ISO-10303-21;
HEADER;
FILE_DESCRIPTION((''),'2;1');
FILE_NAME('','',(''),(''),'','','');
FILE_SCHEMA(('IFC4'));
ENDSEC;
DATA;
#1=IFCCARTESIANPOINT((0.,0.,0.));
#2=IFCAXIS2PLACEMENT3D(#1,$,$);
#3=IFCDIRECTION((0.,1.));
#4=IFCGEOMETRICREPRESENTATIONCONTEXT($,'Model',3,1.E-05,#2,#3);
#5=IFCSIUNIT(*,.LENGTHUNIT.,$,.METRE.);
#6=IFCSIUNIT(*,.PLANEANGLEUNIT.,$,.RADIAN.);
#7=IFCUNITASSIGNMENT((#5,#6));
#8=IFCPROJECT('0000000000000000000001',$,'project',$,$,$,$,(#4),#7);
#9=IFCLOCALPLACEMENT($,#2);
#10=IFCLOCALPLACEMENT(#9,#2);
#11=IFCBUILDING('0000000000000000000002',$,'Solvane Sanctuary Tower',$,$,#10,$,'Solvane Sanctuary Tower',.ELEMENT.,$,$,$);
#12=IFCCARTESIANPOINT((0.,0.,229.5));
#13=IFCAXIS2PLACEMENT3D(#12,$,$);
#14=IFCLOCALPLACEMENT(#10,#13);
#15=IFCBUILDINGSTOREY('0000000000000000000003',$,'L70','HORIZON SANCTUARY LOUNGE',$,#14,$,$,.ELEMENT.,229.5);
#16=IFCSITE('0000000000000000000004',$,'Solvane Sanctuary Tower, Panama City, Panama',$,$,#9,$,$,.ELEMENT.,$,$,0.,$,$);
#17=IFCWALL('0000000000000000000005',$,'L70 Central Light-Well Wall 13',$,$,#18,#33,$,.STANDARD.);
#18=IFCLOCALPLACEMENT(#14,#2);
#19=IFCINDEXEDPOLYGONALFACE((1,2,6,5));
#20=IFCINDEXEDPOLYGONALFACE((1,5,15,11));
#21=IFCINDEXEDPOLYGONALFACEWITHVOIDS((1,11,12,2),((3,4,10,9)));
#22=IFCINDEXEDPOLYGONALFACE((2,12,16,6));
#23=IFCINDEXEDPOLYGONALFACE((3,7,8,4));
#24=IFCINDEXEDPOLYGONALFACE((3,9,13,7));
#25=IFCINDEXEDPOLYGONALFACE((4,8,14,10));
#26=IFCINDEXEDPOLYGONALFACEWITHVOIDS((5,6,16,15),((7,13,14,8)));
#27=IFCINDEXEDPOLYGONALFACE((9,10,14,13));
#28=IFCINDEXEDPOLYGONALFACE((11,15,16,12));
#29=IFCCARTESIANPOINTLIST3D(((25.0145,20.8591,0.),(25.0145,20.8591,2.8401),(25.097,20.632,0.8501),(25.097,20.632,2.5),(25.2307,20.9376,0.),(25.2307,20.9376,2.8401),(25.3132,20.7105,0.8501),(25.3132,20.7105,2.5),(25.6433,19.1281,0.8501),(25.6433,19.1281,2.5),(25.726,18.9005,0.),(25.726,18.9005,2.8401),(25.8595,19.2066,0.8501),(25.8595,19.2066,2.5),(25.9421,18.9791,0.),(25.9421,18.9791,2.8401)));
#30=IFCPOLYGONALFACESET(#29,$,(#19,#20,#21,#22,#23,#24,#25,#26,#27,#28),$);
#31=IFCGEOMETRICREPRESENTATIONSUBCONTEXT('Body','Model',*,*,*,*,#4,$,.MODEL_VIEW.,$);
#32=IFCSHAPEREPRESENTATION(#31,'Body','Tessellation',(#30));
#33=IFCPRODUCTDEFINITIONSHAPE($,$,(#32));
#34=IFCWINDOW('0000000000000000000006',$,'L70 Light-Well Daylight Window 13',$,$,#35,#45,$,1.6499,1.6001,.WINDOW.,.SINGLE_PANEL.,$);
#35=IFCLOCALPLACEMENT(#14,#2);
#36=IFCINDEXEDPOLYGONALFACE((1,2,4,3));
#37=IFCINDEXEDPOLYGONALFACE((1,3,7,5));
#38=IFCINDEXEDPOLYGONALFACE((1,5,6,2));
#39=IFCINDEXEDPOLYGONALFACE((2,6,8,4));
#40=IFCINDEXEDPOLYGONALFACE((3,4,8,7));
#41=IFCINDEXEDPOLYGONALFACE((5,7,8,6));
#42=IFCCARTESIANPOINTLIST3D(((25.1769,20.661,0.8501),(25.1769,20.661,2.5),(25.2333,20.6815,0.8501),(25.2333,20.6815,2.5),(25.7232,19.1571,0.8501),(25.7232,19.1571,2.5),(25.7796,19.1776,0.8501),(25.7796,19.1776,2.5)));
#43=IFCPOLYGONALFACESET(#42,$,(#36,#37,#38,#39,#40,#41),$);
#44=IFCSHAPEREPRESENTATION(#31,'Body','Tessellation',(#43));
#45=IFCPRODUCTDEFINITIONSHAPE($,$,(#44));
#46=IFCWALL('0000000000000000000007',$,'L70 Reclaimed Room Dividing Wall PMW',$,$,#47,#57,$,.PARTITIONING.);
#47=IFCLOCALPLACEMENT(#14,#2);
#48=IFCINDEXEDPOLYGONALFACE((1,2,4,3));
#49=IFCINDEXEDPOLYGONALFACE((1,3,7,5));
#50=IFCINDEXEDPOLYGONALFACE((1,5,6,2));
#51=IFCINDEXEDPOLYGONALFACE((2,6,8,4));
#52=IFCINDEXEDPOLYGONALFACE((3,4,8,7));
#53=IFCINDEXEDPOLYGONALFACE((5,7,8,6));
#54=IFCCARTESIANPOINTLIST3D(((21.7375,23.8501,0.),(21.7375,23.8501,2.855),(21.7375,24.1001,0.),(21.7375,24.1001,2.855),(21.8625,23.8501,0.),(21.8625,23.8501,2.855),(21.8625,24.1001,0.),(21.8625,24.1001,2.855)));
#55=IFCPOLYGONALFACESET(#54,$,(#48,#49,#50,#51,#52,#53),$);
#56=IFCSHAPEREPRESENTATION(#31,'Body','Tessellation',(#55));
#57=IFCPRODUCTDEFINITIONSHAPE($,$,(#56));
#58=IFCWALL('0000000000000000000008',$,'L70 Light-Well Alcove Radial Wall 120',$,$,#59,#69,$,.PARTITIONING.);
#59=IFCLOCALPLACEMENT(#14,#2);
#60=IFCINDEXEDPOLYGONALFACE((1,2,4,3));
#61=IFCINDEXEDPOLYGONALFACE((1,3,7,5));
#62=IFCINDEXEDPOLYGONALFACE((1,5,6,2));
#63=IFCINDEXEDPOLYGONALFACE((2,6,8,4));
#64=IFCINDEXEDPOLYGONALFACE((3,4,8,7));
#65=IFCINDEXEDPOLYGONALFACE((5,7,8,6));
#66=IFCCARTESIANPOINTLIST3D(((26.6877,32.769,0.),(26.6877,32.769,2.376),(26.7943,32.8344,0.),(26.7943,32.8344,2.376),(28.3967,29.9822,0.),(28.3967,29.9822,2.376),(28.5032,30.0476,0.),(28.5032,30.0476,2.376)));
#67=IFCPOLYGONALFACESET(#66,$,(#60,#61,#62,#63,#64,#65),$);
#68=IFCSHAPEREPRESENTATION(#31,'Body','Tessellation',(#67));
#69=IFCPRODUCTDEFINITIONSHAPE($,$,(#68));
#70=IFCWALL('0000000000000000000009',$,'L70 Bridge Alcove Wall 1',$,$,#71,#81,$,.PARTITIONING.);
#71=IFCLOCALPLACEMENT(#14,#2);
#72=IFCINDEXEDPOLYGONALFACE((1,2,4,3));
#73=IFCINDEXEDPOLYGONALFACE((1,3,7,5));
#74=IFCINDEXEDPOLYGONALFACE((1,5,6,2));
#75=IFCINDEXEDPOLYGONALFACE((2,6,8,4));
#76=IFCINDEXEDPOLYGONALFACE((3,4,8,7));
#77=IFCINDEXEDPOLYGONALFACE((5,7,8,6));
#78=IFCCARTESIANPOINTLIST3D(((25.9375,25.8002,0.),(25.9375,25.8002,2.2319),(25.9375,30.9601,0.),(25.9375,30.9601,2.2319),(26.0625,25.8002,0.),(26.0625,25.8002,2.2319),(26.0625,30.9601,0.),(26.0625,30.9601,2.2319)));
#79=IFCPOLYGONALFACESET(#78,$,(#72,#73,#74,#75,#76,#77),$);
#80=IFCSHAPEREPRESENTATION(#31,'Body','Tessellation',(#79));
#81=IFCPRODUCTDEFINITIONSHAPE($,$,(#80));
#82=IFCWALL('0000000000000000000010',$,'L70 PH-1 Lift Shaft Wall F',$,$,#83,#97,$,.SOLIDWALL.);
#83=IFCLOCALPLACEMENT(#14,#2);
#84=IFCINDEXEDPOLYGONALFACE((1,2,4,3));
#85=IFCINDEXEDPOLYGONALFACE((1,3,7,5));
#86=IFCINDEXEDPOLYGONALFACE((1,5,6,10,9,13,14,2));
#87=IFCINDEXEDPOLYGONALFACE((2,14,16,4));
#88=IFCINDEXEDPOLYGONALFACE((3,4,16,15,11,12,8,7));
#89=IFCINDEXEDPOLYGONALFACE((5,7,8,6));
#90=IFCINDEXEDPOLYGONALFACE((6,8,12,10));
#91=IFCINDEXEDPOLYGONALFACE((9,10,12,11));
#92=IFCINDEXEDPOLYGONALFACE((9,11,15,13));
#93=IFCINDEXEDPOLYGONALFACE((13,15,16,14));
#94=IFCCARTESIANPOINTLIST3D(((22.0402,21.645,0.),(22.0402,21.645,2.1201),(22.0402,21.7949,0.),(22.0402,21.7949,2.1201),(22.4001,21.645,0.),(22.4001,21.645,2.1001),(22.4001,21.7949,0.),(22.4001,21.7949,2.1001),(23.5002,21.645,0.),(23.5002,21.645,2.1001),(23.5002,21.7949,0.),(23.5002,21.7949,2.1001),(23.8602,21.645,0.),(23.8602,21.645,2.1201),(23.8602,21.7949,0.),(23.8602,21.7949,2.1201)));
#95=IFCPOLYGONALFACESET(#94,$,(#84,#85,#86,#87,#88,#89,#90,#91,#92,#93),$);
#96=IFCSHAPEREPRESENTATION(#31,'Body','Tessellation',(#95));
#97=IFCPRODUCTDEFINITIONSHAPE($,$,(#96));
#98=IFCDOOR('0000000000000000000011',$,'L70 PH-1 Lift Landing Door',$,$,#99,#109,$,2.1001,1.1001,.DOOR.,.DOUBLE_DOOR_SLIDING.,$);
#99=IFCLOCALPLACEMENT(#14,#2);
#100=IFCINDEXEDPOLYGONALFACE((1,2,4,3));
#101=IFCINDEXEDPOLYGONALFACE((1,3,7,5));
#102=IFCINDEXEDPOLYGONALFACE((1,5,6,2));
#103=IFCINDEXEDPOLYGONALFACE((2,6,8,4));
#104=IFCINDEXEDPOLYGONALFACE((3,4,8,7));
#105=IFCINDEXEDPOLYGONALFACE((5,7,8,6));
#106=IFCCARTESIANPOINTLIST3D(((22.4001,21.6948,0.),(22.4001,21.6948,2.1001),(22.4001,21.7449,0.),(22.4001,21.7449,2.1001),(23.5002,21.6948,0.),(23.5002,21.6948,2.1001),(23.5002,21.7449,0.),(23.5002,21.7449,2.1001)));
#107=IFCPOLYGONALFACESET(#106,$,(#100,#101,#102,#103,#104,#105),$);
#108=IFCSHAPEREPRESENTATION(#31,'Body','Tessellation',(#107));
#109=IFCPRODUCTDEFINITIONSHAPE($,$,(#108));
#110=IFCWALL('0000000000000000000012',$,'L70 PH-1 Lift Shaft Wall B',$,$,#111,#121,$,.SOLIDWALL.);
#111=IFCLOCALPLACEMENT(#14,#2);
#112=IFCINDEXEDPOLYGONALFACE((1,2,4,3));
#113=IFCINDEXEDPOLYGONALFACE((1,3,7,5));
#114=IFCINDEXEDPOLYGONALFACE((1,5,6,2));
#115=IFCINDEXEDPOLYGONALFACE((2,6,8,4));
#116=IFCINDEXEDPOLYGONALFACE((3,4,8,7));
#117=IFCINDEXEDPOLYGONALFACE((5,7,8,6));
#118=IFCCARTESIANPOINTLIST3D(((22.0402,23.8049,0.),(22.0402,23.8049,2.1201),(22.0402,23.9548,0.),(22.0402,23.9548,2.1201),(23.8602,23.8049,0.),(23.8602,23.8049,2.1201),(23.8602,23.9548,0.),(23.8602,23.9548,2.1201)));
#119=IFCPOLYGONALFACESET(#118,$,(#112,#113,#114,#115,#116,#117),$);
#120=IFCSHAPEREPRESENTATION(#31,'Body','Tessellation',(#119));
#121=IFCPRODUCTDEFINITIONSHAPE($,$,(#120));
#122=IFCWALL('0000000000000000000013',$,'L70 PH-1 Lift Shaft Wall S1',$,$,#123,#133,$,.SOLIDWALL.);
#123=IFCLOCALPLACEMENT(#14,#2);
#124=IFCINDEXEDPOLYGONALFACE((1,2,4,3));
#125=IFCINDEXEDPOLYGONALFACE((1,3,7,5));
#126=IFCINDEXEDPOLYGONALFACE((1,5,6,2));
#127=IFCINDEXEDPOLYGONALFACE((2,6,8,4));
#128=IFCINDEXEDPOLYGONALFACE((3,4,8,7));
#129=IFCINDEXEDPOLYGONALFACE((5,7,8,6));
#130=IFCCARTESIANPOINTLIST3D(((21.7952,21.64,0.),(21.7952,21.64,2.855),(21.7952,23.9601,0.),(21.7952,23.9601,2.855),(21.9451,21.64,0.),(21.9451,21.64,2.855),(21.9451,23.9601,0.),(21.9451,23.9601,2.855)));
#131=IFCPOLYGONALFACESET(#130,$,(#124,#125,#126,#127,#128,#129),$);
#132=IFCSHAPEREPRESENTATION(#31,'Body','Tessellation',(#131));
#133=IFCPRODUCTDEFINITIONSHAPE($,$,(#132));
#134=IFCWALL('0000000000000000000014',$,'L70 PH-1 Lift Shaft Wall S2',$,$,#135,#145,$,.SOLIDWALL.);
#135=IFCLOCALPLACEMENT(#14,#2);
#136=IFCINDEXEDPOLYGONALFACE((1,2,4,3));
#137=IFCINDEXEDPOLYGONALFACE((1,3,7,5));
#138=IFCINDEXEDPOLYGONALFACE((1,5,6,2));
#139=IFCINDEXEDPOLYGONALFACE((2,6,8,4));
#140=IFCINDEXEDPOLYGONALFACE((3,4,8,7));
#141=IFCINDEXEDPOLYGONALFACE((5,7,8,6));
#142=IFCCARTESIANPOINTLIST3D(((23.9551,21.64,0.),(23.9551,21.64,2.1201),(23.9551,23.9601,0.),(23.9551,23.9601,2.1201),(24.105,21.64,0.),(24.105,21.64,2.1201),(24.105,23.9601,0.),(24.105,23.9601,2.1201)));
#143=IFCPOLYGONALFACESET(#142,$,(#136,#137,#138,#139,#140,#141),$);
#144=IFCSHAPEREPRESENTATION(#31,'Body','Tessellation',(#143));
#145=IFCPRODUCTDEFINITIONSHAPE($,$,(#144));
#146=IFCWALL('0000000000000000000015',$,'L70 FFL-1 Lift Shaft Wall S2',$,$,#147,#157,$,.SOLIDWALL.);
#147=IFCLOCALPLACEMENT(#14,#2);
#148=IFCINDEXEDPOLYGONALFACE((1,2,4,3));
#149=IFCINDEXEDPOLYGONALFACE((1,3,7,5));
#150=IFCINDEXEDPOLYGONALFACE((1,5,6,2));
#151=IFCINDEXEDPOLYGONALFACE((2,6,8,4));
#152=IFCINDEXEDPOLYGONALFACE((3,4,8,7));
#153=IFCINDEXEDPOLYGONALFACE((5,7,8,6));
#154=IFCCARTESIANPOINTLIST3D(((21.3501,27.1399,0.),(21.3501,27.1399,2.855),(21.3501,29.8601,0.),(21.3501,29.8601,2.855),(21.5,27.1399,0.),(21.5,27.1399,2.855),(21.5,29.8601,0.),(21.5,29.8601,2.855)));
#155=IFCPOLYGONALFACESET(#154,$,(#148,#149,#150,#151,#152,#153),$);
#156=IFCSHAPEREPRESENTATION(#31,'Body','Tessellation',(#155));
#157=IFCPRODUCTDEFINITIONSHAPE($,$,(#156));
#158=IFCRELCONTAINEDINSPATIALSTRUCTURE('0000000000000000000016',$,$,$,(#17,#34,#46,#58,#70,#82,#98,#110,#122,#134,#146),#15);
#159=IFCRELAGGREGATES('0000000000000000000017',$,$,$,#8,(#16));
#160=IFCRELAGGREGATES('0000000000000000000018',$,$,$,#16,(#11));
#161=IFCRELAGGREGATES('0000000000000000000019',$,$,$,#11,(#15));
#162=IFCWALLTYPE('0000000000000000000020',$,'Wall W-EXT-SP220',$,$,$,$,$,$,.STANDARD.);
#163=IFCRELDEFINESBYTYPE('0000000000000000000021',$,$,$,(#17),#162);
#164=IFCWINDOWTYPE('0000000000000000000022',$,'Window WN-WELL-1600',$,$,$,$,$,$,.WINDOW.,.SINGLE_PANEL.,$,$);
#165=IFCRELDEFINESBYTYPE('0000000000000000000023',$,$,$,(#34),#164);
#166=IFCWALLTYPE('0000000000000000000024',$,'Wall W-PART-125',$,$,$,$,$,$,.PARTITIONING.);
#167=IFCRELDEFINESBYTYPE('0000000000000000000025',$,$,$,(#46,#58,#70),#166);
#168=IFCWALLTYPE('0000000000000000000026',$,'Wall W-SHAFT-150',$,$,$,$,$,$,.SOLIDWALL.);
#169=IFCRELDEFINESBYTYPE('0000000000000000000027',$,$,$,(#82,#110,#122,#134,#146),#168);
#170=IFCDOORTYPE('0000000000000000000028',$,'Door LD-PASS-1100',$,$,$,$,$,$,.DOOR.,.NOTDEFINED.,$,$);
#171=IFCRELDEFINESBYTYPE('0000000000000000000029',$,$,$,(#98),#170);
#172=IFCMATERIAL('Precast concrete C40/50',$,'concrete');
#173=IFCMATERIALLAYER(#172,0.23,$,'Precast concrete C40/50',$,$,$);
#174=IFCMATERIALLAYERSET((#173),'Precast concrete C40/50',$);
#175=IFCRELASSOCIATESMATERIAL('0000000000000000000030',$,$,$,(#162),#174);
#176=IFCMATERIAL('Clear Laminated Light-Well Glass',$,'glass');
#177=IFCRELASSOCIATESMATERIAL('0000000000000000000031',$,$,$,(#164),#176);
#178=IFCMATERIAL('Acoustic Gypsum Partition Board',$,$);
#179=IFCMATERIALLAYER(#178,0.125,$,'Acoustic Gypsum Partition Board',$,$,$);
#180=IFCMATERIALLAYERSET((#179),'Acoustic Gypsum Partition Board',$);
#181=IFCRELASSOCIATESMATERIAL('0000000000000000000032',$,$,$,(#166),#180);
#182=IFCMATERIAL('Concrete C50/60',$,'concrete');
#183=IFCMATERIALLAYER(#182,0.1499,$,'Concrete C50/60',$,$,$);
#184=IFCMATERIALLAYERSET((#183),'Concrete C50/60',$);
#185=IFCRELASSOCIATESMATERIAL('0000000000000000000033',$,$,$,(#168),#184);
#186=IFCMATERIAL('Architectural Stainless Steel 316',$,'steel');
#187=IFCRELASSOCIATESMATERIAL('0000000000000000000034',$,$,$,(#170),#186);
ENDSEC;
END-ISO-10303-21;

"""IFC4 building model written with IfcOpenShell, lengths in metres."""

from ifc_helpers import new_model, si_unit, direction, frame, frame_2d, origin, place, context, subcontext, project, spatial, rectangle, extrude, material, layer, layer_set, type_object, element, fill, save


model = new_model("IFC4")

# Units and contexts
model_context = context("Model", 3, precision=1e-05, world=origin(), true_north=direction((0.0, 1.0)))
body_context = subcontext(model_context, "Body", "Model", "MODEL_VIEW")
ifc_project = project(units=[si_unit("LENGTHUNIT", "METRE"), si_unit("PLANEANGLEUNIT", "RADIAN")], contexts=[model_context])

# Site, building, storey
site_placement = place(None, origin())
site = spatial("IfcSite", under=ifc_project, at=site_placement, Name="Solvane Sanctuary Tower, Panama City, Panama", CompositionType="ELEMENT", RefElevation=0.0)
building_placement = place(site_placement, origin())
building = spatial("IfcBuilding", under=site, at=building_placement, Name="Solvane Sanctuary Tower", LongName="Solvane Sanctuary Tower", CompositionType="ELEMENT")
storey_placement = place(building_placement, frame((0.0, 0.0, 229.5)))
storey = spatial("IfcBuildingStorey", under=building, at=storey_placement, Name="L70", Description="HORIZON SANCTUARY LOUNGE", CompositionType="ELEMENT", Elevation=229.5)

# Shared definitions
ifc_material_1 = material(Name="Concrete C50/60", Category="concrete")

# Shared definitions
ifc_material_2 = material(Name="Acoustic Gypsum Partition Board")
ifc_material_3 = material(Name="Architectural Stainless Steel 316", Category="steel")

# Shared definitions
ifc_material_4 = material(Name="Precast concrete C40/50", Category="concrete")
ifc_layer_1 = layer(ifc_material_4, 0.23, Name="Precast concrete C40/50")
ifc_layer_set_1 = layer_set([ifc_layer_1], Name="Precast concrete C40/50")
wall_type_1 = type_object("IfcWallType", Name="Wall W-EXT-SP220", PredefinedType="STANDARD", material=ifc_layer_set_1)

# Shared definitions
ifc_material_5 = material(Name="Clear Laminated Light-Well Glass", Category="glass")
window_type = type_object("IfcWindowType", Name="Window WN-WELL-1600", PartitioningType="SINGLE_PANEL", PredefinedType="WINDOW", material=ifc_material_5)

# Wall, opening, window
wall_1_placement = place(storey_placement, frame((25.1226, 20.8984, 0.0), z_axis=(0.0, 0.0, 1.0), x_axis=(0.341423, -0.93991, 0.0)))
wall_1 = element("IfcWall", 1, at=wall_1_placement, inside=storey, type_object=wall_type_1, Name="L70 Central Light-Well Wall 13", PredefinedType="STANDARD", context=body_context, shape_type="SweptSolid", body=[
    extrude(rectangle(XDim=2.0837, YDim=0.23, at=frame_2d((1.042, 0.0))), origin(), (0.0, 0.0, 1.0), 2.8401),
])
opening_1_placement = place(wall_1_placement, frame((0.2417, 0.0, 0.8501)))
opening_1 = element("IfcOpeningElement", 2, at=opening_1_placement, cuts=wall_1, PredefinedType="OPENING", context=body_context, shape_type="SweptSolid", body=[
    extrude(rectangle(XDim=1.6001, YDim=1.6499, at=frame_2d((0.8, 0.825))), frame((0.0, 0.125, 0.0), z_axis=(0.0, -1.0, 0.0), x_axis=(1.0, 0.0, 0.0)), (0.0, 0.0, 1.0), 0.25),
])
window_1_placement = place(opening_1_placement, origin())
window_1 = element("IfcWindow", 3, at=window_1_placement, inside=storey, type_object=window_type, Name="L70 Light-Well Daylight Window 13", OverallHeight=1.6499, OverallWidth=1.6001, PartitioningType="SINGLE_PANEL", PredefinedType="WINDOW", context=body_context, shape_type="SweptSolid", body=[
    extrude(rectangle(XDim=1.6001, YDim=1.6499, at=frame_2d((0.8, 0.825))), frame((0.0, 0.03, 0.0), z_axis=(0.0, -1.0, 0.0), x_axis=(1.0, 0.0, 0.0)), (0.0, 0.0, 1.0), 0.0601),
])
fill(opening_1, window_1)

# Walls
ifc_layer_2 = layer(ifc_material_2, 0.125, Name="Acoustic Gypsum Partition Board")
ifc_layer_set_2 = layer_set([ifc_layer_2], Name="Acoustic Gypsum Partition Board")
wall_type_2 = type_object("IfcWallType", Name="Wall W-PART-125", PredefinedType="PARTITIONING", material=ifc_layer_set_2)
wall_2_placement = place(storey_placement, frame((21.8, 23.8501, 0.0), z_axis=(0.0, 0.0, 1.0), x_axis=(0.0, 1.0, 0.0)))
element("IfcWall", 4, at=wall_2_placement, inside=storey, type_object=wall_type_2, Name="L70 Reclaimed Room Dividing Wall PMW", PredefinedType="PARTITIONING", context=body_context, shape_type="SweptSolid", body=[
    extrude(rectangle(XDim=0.25, YDim=0.125, at=frame_2d((0.125, 0.0))), origin(), (0.0, 0.0, 1.0), 2.855),
])
wall_3_placement = place(storey_placement, frame((28.45, 30.0149, 0.0), z_axis=(0.0, 0.0, 1.0), x_axis=(-0.522763, 0.852478, 0.0)))
element("IfcWall", 5, at=wall_3_placement, inside=storey, type_object=wall_type_2, Name="L70 Light-Well Alcove Radial Wall 120", PredefinedType="PARTITIONING", context=body_context, shape_type="SweptSolid", body=[
    extrude(rectangle(XDim=3.269, YDim=0.125, at=frame_2d((1.6345, 0.0))), origin(), (0.0, 0.0, 1.0), 2.376),
])
wall_4_placement = place(storey_placement, frame((26.0, 25.8, 0.0), z_axis=(0.0, 0.0, 1.0), x_axis=(0.0, 1.0, 0.0)))
element("IfcWall", 6, at=wall_4_placement, inside=storey, type_object=wall_type_2, Name="L70 Bridge Alcove Wall 1", PredefinedType="PARTITIONING", context=body_context, shape_type="SweptSolid", body=[
    extrude(rectangle(XDim=5.1599, YDim=0.125, at=frame_2d((2.5801, 0.0))), origin(), (0.0, 0.0, 1.0), 2.2319),
])

# Wall, opening, door
ifc_layer_3 = layer(ifc_material_1, 0.1499, Name="Concrete C50/60")
ifc_layer_set_3 = layer_set([ifc_layer_3], Name="Concrete C50/60")
wall_type_3 = type_object("IfcWallType", Name="Wall W-SHAFT-150", PredefinedType="SOLIDWALL", material=ifc_layer_set_3)
wall_5_placement = place(storey_placement, frame((22.04, 21.72, 0.0), z_axis=(0.0, 0.0, 1.0), x_axis=(1.0, 0.0, 0.0)))
wall_5 = element("IfcWall", 7, at=wall_5_placement, inside=storey, type_object=wall_type_3, Name="L70 PH-1 Lift Shaft Wall F", PredefinedType="SOLIDWALL", context=body_context, shape_type="SweptSolid", body=[
    extrude(rectangle(XDim=1.8201, YDim=0.1499, at=frame_2d((0.9102, 0.0))), origin(), (0.0, 0.0, 1.0), 2.1201),
])
opening_2_placement = place(wall_5_placement, frame((0.3601, 0.0, 0.0)))
opening_2 = element("IfcOpeningElement", 8, at=opening_2_placement, cuts=wall_5, PredefinedType="OPENING", context=body_context, shape_type="SweptSolid", body=[
    extrude(rectangle(XDim=1.1001, YDim=2.1001, at=frame_2d((0.55, 1.05))), frame((0.0, 0.085, 0.0), z_axis=(0.0, -1.0, 0.0), x_axis=(1.0, 0.0, 0.0)), (0.0, 0.0, 1.0), 0.1699),
])
door_type_1 = type_object("IfcDoorType", Name="Door LD-PASS-1100", OperationType="NOTDEFINED", PredefinedType="DOOR", material=ifc_material_3)
door_1_placement = place(opening_2_placement, origin())
door_1 = element("IfcDoor", 9, at=door_1_placement, inside=storey, type_object=door_type_1, Name="L70 PH-1 Lift Landing Door", OperationType="DOUBLE_DOOR_SLIDING", OverallHeight=2.1001, OverallWidth=1.1001, PredefinedType="DOOR", context=body_context, shape_type="SweptSolid", body=[
    extrude(rectangle(XDim=1.1001, YDim=2.1001, at=frame_2d((0.55, 1.05))), frame((0.0, 0.0249, 0.0), z_axis=(0.0, -1.0, 0.0), x_axis=(1.0, 0.0, 0.0)), (0.0, 0.0, 1.0), 0.05),
])
fill(opening_2, door_1)

# Walls
wall_6_placement = place(storey_placement, frame((22.04, 23.8799, 0.0), z_axis=(0.0, 0.0, 1.0), x_axis=(1.0, 0.0, 0.0)))
element("IfcWall", 10, at=wall_6_placement, inside=storey, type_object=wall_type_3, Name="L70 PH-1 Lift Shaft Wall B", PredefinedType="SOLIDWALL", context=body_context, shape_type="SweptSolid", body=[
    extrude(rectangle(XDim=1.8201, YDim=0.1499, at=frame_2d((0.9102, 0.0))), origin(), (0.0, 0.0, 1.0), 2.1201),
])
wall_7_placement = place(storey_placement, frame((21.8701, 21.6399, 0.0), z_axis=(0.0, 0.0, 1.0), x_axis=(0.0, 1.0, 0.0)))
element("IfcWall", 11, at=wall_7_placement, inside=storey, type_object=wall_type_3, Name="L70 PH-1 Lift Shaft Wall S1", PredefinedType="SOLIDWALL", context=body_context, shape_type="SweptSolid", body=[
    extrude(rectangle(XDim=2.3201, YDim=0.1499, at=frame_2d((1.1602, 0.0))), origin(), (0.0, 0.0, 1.0), 2.855),
])
wall_8_placement = place(storey_placement, frame((24.03, 21.6399, 0.0), z_axis=(0.0, 0.0, 1.0), x_axis=(0.0, 1.0, 0.0)))
element("IfcWall", 12, at=wall_8_placement, inside=storey, type_object=wall_type_3, Name="L70 PH-1 Lift Shaft Wall S2", PredefinedType="SOLIDWALL", context=body_context, shape_type="SweptSolid", body=[
    extrude(rectangle(XDim=2.3201, YDim=0.1499, at=frame_2d((1.1602, 0.0))), origin(), (0.0, 0.0, 1.0), 2.1201),
])
wall_9_placement = place(storey_placement, frame((21.425, 27.1399, 0.0), z_axis=(0.0, 0.0, 1.0), x_axis=(0.0, 1.0, 0.0)))
element("IfcWall", 13, at=wall_9_placement, inside=storey, type_object=wall_type_3, Name="L70 FFL-1 Lift Shaft Wall S2", PredefinedType="SOLIDWALL", context=body_context, shape_type="SweptSolid", body=[
    extrude(rectangle(XDim=2.7202, YDim=0.1499, at=frame_2d((1.3601, 0.0))), origin(), (0.0, 0.0, 1.0), 2.855),
])

save(model, "model.ifc")
